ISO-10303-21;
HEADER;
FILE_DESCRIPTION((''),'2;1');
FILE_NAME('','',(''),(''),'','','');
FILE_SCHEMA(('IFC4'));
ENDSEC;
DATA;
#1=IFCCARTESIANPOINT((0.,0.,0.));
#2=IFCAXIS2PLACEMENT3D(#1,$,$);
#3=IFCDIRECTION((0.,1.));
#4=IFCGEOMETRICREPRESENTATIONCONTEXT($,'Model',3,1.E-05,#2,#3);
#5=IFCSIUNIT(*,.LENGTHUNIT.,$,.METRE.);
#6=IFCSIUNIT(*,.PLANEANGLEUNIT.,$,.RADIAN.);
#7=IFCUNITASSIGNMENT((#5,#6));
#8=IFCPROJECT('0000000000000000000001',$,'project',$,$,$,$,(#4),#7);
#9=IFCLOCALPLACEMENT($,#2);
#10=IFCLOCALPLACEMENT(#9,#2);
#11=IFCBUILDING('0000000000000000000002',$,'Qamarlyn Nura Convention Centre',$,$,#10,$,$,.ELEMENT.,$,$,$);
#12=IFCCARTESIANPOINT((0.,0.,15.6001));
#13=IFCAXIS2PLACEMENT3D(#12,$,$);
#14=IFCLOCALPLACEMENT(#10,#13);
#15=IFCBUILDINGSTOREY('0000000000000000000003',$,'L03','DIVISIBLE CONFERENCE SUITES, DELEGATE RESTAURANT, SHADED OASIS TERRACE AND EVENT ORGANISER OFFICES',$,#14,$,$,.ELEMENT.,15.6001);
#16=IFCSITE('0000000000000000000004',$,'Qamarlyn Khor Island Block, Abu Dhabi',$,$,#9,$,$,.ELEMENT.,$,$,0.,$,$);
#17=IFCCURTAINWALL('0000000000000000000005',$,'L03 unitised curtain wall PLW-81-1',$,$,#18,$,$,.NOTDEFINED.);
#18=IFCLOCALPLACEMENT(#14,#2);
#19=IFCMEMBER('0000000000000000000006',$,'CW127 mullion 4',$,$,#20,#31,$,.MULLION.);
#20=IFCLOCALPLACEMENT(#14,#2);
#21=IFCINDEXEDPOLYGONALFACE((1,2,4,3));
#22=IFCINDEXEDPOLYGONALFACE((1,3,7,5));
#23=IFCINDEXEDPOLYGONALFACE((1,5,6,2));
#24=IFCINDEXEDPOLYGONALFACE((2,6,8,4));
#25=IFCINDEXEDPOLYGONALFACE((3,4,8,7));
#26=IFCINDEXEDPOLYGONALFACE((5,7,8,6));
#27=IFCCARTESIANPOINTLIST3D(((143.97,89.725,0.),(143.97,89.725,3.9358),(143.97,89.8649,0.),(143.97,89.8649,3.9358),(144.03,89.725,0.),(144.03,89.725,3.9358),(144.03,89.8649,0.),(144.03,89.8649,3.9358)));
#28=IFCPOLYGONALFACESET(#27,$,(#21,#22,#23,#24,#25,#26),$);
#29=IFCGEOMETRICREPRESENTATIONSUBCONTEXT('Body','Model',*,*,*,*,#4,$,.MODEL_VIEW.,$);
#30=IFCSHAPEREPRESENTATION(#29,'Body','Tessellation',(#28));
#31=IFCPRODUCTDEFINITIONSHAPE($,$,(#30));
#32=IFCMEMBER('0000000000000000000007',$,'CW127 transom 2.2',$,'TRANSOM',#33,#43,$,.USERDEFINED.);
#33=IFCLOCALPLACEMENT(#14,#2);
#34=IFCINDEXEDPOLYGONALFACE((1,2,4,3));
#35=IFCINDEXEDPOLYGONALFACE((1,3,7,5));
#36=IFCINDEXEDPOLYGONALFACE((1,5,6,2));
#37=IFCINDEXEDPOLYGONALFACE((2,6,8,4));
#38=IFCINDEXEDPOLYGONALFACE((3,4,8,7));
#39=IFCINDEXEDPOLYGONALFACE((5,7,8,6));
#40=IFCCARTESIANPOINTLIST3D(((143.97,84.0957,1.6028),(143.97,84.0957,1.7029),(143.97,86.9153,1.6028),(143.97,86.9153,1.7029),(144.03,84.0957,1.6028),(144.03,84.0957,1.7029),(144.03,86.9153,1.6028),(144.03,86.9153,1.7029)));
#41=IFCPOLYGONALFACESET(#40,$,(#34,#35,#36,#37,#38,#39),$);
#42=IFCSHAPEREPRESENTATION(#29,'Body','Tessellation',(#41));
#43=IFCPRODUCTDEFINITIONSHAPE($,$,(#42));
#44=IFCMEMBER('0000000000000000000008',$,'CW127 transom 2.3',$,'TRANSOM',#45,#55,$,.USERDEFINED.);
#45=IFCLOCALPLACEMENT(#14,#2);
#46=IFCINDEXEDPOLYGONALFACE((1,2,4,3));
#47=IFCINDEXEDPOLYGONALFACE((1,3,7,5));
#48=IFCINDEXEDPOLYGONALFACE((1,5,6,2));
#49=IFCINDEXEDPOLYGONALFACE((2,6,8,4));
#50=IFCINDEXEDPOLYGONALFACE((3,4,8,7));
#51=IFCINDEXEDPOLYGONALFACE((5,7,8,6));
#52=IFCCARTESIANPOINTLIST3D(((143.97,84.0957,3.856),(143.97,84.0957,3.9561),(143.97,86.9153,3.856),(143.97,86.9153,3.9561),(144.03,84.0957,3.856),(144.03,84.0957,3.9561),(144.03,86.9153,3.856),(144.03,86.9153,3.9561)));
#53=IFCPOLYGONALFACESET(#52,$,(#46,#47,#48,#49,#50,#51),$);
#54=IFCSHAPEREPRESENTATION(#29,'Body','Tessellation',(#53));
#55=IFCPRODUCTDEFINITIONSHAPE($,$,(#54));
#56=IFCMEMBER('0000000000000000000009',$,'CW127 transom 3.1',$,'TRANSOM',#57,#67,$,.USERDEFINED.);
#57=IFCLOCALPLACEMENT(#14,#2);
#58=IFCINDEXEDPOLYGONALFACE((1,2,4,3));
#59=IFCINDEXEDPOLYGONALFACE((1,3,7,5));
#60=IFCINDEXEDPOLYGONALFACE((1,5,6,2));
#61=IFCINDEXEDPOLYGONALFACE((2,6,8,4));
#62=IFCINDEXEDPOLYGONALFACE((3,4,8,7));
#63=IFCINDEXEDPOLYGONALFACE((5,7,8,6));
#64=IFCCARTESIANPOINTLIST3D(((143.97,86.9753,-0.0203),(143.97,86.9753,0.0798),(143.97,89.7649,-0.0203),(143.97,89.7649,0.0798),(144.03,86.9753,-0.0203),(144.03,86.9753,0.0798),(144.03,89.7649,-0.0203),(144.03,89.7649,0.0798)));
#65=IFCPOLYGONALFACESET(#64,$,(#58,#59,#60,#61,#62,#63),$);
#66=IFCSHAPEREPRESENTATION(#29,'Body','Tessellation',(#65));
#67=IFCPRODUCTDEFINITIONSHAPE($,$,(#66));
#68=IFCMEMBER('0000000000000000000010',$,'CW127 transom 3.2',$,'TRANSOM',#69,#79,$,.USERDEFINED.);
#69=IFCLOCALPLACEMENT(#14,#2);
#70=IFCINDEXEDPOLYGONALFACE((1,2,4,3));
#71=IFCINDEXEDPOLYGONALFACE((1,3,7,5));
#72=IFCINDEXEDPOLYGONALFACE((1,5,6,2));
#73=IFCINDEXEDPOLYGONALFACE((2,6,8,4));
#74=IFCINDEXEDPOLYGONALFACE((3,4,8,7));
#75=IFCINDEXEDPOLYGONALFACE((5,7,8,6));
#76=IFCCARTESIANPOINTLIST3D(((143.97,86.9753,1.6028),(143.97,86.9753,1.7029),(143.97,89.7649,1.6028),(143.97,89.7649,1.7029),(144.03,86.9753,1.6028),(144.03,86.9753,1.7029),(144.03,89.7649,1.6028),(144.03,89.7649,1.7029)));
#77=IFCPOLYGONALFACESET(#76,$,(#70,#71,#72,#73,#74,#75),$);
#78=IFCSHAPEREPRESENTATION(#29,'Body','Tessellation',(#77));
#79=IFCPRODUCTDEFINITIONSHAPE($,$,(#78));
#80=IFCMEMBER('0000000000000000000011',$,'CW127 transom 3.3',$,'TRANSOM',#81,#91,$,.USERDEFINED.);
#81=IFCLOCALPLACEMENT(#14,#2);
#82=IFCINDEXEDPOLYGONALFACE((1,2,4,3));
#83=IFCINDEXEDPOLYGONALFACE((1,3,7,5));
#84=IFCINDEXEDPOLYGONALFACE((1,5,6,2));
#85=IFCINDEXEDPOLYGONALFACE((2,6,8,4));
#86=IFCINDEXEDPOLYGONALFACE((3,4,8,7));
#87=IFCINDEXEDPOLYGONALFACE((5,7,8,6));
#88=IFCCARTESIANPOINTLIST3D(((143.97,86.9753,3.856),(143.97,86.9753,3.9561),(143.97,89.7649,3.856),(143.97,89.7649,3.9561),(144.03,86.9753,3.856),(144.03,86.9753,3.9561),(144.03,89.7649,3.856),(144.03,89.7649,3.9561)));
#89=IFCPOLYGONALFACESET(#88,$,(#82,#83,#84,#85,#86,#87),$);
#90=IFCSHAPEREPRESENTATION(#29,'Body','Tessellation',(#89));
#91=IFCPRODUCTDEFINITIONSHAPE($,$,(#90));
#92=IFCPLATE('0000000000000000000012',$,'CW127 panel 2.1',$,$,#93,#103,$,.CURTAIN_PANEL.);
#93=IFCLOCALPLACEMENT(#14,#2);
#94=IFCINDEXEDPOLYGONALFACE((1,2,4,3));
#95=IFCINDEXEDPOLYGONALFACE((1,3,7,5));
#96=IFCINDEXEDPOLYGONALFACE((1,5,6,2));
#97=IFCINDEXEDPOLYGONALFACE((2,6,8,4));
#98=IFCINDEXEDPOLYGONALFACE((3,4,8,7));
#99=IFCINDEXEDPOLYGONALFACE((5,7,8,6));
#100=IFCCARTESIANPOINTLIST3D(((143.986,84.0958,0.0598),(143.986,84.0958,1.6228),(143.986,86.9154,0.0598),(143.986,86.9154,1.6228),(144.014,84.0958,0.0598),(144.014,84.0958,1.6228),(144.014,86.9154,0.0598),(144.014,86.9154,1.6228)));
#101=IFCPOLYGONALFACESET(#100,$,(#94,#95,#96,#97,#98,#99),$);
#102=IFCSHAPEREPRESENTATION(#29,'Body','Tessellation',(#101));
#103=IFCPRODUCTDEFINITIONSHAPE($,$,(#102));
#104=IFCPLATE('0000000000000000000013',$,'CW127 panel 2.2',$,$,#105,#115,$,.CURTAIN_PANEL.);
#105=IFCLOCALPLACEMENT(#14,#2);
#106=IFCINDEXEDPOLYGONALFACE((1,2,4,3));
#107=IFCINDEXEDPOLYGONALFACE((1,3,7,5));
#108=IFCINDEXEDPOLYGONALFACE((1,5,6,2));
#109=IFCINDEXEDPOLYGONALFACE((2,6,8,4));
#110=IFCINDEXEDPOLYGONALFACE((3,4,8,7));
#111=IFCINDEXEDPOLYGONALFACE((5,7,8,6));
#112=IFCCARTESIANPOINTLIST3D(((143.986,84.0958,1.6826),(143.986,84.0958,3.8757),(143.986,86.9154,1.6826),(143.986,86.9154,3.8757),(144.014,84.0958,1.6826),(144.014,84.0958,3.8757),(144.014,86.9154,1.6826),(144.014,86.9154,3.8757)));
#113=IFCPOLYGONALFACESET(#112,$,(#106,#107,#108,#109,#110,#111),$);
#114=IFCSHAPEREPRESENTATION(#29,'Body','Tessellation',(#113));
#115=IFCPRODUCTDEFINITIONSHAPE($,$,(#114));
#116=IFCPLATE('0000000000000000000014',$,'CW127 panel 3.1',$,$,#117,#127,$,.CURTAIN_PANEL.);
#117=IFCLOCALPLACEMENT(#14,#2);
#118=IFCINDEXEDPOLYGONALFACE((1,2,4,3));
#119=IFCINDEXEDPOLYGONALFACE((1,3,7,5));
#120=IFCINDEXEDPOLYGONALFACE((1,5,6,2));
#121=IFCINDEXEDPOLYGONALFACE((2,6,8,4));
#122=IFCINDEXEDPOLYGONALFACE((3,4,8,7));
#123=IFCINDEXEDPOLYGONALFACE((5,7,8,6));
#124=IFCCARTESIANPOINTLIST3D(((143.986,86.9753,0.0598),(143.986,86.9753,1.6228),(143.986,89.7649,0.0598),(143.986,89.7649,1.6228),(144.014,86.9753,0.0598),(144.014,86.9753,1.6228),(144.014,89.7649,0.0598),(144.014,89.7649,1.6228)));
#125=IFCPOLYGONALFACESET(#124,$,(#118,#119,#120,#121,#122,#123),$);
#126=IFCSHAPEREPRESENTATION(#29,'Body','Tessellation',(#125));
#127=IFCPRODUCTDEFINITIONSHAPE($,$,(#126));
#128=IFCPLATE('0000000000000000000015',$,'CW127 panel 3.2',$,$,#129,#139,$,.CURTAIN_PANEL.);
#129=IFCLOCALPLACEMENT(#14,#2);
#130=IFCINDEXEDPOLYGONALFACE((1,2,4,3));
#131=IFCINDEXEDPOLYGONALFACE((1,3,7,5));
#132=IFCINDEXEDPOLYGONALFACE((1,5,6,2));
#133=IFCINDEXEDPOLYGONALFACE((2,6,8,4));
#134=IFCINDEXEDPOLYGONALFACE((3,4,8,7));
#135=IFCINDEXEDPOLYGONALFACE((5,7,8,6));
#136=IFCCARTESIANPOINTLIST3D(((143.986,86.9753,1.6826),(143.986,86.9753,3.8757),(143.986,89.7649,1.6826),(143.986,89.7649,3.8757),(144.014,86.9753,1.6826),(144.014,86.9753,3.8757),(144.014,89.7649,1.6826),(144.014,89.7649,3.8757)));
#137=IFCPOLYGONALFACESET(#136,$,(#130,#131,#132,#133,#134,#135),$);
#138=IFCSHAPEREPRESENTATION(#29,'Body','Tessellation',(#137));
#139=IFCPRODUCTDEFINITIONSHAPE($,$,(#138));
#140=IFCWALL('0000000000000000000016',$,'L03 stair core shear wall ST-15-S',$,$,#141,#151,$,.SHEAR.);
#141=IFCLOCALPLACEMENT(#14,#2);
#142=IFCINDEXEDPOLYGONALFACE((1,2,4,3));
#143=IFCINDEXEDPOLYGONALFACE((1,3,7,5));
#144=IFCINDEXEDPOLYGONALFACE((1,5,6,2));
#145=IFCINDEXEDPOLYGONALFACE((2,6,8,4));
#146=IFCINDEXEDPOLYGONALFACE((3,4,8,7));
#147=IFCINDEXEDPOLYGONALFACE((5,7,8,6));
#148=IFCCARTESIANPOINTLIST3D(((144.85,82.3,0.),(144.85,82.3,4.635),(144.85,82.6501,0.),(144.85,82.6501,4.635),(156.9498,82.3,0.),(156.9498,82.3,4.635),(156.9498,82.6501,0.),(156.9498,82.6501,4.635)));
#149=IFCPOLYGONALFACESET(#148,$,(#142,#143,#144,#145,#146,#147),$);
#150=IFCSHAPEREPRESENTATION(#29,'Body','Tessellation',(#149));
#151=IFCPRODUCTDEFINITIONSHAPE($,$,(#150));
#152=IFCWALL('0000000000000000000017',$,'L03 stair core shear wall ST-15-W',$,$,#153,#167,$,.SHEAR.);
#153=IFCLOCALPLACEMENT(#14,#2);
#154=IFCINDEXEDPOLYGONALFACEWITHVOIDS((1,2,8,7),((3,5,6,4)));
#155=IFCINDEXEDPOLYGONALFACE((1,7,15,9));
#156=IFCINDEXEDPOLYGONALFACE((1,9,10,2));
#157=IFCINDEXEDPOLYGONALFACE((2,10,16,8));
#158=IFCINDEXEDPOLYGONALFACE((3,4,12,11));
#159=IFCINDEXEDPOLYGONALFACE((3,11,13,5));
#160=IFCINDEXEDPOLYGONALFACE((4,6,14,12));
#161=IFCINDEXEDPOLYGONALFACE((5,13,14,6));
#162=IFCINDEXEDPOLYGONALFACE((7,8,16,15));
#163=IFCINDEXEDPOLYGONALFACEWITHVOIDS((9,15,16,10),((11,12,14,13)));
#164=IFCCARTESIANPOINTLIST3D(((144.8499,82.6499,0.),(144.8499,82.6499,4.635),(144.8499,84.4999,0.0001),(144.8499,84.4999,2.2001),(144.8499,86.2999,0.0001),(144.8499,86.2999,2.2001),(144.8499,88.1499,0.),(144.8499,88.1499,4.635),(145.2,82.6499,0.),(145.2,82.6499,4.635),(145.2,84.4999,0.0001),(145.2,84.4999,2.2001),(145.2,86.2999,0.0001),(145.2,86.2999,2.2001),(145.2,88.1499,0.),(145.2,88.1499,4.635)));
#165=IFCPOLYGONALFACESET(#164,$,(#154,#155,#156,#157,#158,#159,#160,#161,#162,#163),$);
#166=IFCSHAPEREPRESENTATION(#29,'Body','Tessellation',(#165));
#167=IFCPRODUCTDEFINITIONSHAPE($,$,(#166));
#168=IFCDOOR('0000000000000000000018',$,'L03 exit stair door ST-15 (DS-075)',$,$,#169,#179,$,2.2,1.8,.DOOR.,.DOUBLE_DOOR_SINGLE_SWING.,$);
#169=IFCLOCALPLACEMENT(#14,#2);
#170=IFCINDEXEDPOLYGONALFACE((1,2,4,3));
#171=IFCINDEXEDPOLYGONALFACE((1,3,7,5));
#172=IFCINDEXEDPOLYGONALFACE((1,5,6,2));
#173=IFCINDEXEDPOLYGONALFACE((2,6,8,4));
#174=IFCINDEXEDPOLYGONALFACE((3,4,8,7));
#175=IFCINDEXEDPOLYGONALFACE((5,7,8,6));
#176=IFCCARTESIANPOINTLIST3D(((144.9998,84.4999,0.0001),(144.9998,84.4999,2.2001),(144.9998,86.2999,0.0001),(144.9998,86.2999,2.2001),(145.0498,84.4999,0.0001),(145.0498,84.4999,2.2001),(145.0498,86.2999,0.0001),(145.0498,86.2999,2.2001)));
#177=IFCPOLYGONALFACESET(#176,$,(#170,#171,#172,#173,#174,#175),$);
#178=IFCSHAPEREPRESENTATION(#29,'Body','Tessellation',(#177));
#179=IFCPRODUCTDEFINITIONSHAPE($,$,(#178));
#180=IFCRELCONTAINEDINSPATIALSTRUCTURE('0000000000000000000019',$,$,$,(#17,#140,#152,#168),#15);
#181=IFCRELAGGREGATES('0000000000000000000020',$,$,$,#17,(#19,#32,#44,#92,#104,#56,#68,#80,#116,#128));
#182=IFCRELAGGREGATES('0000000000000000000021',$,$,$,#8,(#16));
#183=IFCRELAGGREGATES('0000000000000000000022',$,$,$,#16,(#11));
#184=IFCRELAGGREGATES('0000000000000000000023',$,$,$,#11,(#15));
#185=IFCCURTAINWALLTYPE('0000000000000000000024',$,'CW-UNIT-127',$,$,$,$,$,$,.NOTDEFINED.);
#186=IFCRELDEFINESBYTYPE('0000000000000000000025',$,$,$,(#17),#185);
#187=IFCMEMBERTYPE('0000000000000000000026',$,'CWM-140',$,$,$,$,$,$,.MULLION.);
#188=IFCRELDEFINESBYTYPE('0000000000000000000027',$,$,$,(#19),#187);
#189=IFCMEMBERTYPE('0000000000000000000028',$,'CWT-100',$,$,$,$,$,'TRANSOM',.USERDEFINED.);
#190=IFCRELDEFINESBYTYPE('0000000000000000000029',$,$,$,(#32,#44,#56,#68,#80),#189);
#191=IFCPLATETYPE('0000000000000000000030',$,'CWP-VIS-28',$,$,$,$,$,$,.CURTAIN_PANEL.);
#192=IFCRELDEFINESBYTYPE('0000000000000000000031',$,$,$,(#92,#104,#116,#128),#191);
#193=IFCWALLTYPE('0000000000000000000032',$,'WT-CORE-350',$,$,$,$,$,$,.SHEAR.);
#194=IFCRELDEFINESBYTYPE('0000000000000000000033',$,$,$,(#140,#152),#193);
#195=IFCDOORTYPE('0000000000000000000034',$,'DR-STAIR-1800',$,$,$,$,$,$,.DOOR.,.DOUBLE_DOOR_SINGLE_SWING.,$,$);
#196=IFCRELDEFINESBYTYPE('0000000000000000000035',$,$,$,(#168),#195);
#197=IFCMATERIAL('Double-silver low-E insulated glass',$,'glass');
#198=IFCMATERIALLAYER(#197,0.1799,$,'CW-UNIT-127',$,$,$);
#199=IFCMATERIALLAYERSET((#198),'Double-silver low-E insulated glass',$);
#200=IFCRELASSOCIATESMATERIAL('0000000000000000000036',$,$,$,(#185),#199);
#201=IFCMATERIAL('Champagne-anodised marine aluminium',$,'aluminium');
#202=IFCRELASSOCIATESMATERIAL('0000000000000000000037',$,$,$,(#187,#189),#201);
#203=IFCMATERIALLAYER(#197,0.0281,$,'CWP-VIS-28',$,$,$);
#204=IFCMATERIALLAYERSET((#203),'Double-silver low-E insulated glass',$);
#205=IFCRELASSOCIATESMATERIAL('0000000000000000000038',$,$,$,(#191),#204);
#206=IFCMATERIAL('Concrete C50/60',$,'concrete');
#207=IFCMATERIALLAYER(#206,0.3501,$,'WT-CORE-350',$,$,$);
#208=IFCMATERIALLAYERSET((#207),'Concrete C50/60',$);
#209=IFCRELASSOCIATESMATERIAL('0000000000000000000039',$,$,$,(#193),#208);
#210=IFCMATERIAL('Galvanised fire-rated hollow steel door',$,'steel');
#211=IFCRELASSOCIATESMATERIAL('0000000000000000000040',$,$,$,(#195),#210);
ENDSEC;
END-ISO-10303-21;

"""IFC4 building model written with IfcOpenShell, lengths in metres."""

from ifc_helpers import new_model, si_unit, direction, frame, frame_2d, origin, origin_2d, place, context, subcontext, project, spatial, rectangle, extrude, material, layer, layer_set, material_profile, profile_set, type_object, element, fill, aggregate, save


model = new_model("IFC4")

# Units and contexts
model_context = context("Model", 3, precision=1e-05, world=origin(), true_north=direction((0.0, 1.0)))
body_context = subcontext(model_context, "Body", "Model", "MODEL_VIEW")
ifc_project = project(units=[si_unit("LENGTHUNIT", "METRE"), si_unit("PLANEANGLEUNIT", "RADIAN")], contexts=[model_context])

# Site, building, storey
site_placement = place(None, origin())
site = spatial("IfcSite", under=ifc_project, at=site_placement, Name="Qamarlyn Khor Island Block, Abu Dhabi", CompositionType="ELEMENT", RefElevation=0.0)
building_placement = place(site_placement, origin())
building = spatial("IfcBuilding", under=site, at=building_placement, Name="Qamarlyn Nura Convention Centre", CompositionType="ELEMENT")
storey_placement = place(building_placement, frame((0.0, 0.0, 15.6001)))
storey = spatial("IfcBuildingStorey", under=building, at=storey_placement, Name="L03", Description="DIVISIBLE CONFERENCE SUITES, DELEGATE RESTAURANT, SHADED OASIS TERRACE AND EVENT ORGANISER OFFICES", CompositionType="ELEMENT", Elevation=15.6001)

# Curtain wall, members, plates
ifc_material_1 = material(Name="Double-silver low-E insulated glass", Category="glass")
ifc_layer_1 = layer(ifc_material_1, 0.1799, Name="CW-UNIT-127")
ifc_layer_set_1 = layer_set([ifc_layer_1], Name="Double-silver low-E insulated glass")
curtain_wall_type = type_object("IfcCurtainWallType", Name="CW-UNIT-127", PredefinedType="NOTDEFINED", material=ifc_layer_set_1)
curtain_wall_placement = place(storey_placement, origin())
curtain_wall = element("IfcCurtainWall", 1, at=curtain_wall_placement, inside=storey, type_object=curtain_wall_type, Name="L03 unitised curtain wall PLW-81-1", PredefinedType="NOTDEFINED")
ifc_material_2 = material(Name="Champagne-anodised marine aluminium", Category="aluminium")
ifc_material_profile_1 = material_profile(ifc_material_2, rectangle(XDim=0.0601, YDim=0.1399, at=origin_2d()), Name="ALU MULLION 60x140")
ifc_profile_set_1 = profile_set([ifc_material_profile_1], Name="Champagne-anodised marine aluminium")
member_type_1 = type_object("IfcMemberType", Name="CWM-140", PredefinedType="MULLION", material=ifc_profile_set_1)
member_1_placement = place(storey_placement, frame((144.0, 89.7949, 0.0), z_axis=(0.0, 0.0, 1.0), x_axis=(-1.0, 0.0, 0.0)))
member_1 = element("IfcMember", 2, at=member_1_placement, type_object=member_type_1, Name="CW127 mullion 4", PredefinedType="MULLION", context=body_context, shape_type="SweptSolid", body=[
    extrude(rectangle(XDim=0.0601, YDim=0.1399, at=origin_2d()), origin(), (0.0, 0.0, 1.0), 3.9358),
])
ifc_material_profile_2 = material_profile(ifc_material_2, rectangle(XDim=0.0601, YDim=0.1001, at=origin_2d()), Name="ALU TRANSOM 60x100")
ifc_profile_set_2 = profile_set([ifc_material_profile_2], Name="Champagne-anodised marine aluminium")
member_type_2 = type_object("IfcMemberType", Name="CWT-100", ElementType="TRANSOM", PredefinedType="USERDEFINED", material=ifc_profile_set_2)
member_2_placement = place(storey_placement, frame((144.0, 84.0957, 1.6528), z_axis=(0.0, 1.0, 0.0), x_axis=(-1.0, 0.0, 0.0)))
member_2 = element("IfcMember", 3, at=member_2_placement, type_object=member_type_2, Name="CW127 transom 2.2", ObjectType="TRANSOM", PredefinedType="USERDEFINED", context=body_context, shape_type="SweptSolid", body=[
    extrude(rectangle(XDim=0.0601, YDim=0.1001, at=origin_2d()), origin(), (0.0, 0.0, 1.0), 2.8196),
])
member_3_placement = place(storey_placement, frame((144.0, 84.0957, 3.906), z_axis=(0.0, 1.0, 0.0), x_axis=(-1.0, 0.0, 0.0)))
member_3 = element("IfcMember", 4, at=member_3_placement, type_object=member_type_2, Name="CW127 transom 2.3", ObjectType="TRANSOM", PredefinedType="USERDEFINED", context=body_context, shape_type="SweptSolid", body=[
    extrude(rectangle(XDim=0.0601, YDim=0.1001, at=origin_2d()), origin(), (0.0, 0.0, 1.0), 2.8196),
])
member_4_placement = place(storey_placement, frame((144.0, 86.9753, 0.0298), z_axis=(0.0, 1.0, 0.0), x_axis=(-1.0, 0.0, 0.0)))
member_4 = element("IfcMember", 5, at=member_4_placement, type_object=member_type_2, Name="CW127 transom 3.1", ObjectType="TRANSOM", PredefinedType="USERDEFINED", context=body_context, shape_type="SweptSolid", body=[
    extrude(rectangle(XDim=0.0601, YDim=0.1001, at=origin_2d()), origin(), (0.0, 0.0, 1.0), 2.7896),
])
member_5_placement = place(storey_placement, frame((144.0, 86.9753, 1.6528), z_axis=(0.0, 1.0, 0.0), x_axis=(-1.0, 0.0, 0.0)))
member_5 = element("IfcMember", 6, at=member_5_placement, type_object=member_type_2, Name="CW127 transom 3.2", ObjectType="TRANSOM", PredefinedType="USERDEFINED", context=body_context, shape_type="SweptSolid", body=[
    extrude(rectangle(XDim=0.0601, YDim=0.1001, at=origin_2d()), origin(), (0.0, 0.0, 1.0), 2.7896),
])
member_6_placement = place(storey_placement, frame((144.0, 86.9753, 3.906), z_axis=(0.0, 1.0, 0.0), x_axis=(-1.0, 0.0, 0.0)))
member_6 = element("IfcMember", 7, at=member_6_placement, type_object=member_type_2, Name="CW127 transom 3.3", ObjectType="TRANSOM", PredefinedType="USERDEFINED", context=body_context, shape_type="SweptSolid", body=[
    extrude(rectangle(XDim=0.0601, YDim=0.1001, at=origin_2d()), origin(), (0.0, 0.0, 1.0), 2.7896),
])
ifc_layer_2 = layer(ifc_material_1, 0.0281, Name="CWP-VIS-28")
ifc_layer_set_2 = layer_set([ifc_layer_2], Name="Double-silver low-E insulated glass")
plate_type = type_object("IfcPlateType", Name="CWP-VIS-28", PredefinedType="CURTAIN_PANEL", material=ifc_layer_set_2)
plate_1_placement = place(storey_placement, frame((144.0, 85.5056, 0.0598), z_axis=(0.0, 0.0, 1.0), x_axis=(0.0, 1.0, 0.0)))
plate_1 = element("IfcPlate", 8, at=plate_1_placement, type_object=plate_type, Name="CW127 panel 2.1", PredefinedType="CURTAIN_PANEL", context=body_context, shape_type="SweptSolid", body=[
    extrude(rectangle(XDim=2.8196, YDim=0.0281, at=origin_2d()), origin(), (0.0, 0.0, 1.0), 1.563),
])
plate_2_placement = place(storey_placement, frame((144.0, 85.5056, 1.6826), z_axis=(0.0, 0.0, 1.0), x_axis=(0.0, 1.0, 0.0)))
plate_2 = element("IfcPlate", 9, at=plate_2_placement, type_object=plate_type, Name="CW127 panel 2.2", PredefinedType="CURTAIN_PANEL", context=body_context, shape_type="SweptSolid", body=[
    extrude(rectangle(XDim=2.8196, YDim=0.0281, at=origin_2d()), origin(), (0.0, 0.0, 1.0), 2.1931),
])
plate_3_placement = place(storey_placement, frame((144.0, 88.3701, 0.0598), z_axis=(0.0, 0.0, 1.0), x_axis=(0.0, 1.0, 0.0)))
plate_3 = element("IfcPlate", 10, at=plate_3_placement, type_object=plate_type, Name="CW127 panel 3.1", PredefinedType="CURTAIN_PANEL", context=body_context, shape_type="SweptSolid", body=[
    extrude(rectangle(XDim=2.7896, YDim=0.0281, at=origin_2d()), origin(), (0.0, 0.0, 1.0), 1.563),
])
plate_4_placement = place(storey_placement, frame((144.0, 88.3701, 1.6826), z_axis=(0.0, 0.0, 1.0), x_axis=(0.0, 1.0, 0.0)))
plate_4 = element("IfcPlate", 11, at=plate_4_placement, type_object=plate_type, Name="CW127 panel 3.2", PredefinedType="CURTAIN_PANEL", context=body_context, shape_type="SweptSolid", body=[
    extrude(rectangle(XDim=2.7896, YDim=0.0281, at=origin_2d()), origin(), (0.0, 0.0, 1.0), 2.1931),
])
aggregate(curtain_wall, [member_1, member_2, member_3, plate_1, plate_2, member_4, member_5, member_6, plate_3, plate_4])

# Wall
ifc_material_3 = material(Name="Concrete C50/60", Category="concrete")
ifc_layer_3 = layer(ifc_material_3, 0.3501, Name="WT-CORE-350")
ifc_layer_set_3 = layer_set([ifc_layer_3], Name="Concrete C50/60")
wall_type = type_object("IfcWallType", Name="WT-CORE-350", PredefinedType="SHEAR", material=ifc_layer_set_3)
wall_1_placement = place(storey_placement, frame((144.8501, 82.4751, 0.0), z_axis=(0.0, 0.0, 1.0), x_axis=(1.0, 0.0, 0.0)))
element("IfcWall", 12, at=wall_1_placement, inside=storey, type_object=wall_type, Name="L03 stair core shear wall ST-15-S", PredefinedType="SHEAR", context=body_context, shape_type="SweptSolid", body=[
    extrude(rectangle(XDim=12.0999, YDim=0.3501, at=frame_2d((6.0498, 0.0))), origin(), (0.0, 0.0, 1.0), 4.635),
])

# Wall, opening, door
wall_2_placement = place(storey_placement, frame((145.0249, 88.1499, 0.0), z_axis=(0.0, 0.0, 1.0), x_axis=(0.0, -1.0, 0.0)))
wall_2 = element("IfcWall", 13, at=wall_2_placement, inside=storey, type_object=wall_type, Name="L03 stair core shear wall ST-15-W", PredefinedType="SHEAR", context=body_context, shape_type="SweptSolid", body=[
    extrude(rectangle(XDim=5.5, YDim=0.3501, at=frame_2d((2.75, 0.0))), origin(), (0.0, 0.0, 1.0), 4.635),
])
opening_placement = place(wall_2_placement, frame((1.8501, 0.0, 0.0)))
opening = element("IfcOpeningElement", 14, at=opening_placement, cuts=wall_2, PredefinedType="OPENING", context=body_context, shape_type="SweptSolid", body=[
    extrude(rectangle(XDim=1.8, YDim=2.2, at=frame_2d((0.8999, 1.1001))), frame((0.0, 0.1851, 0.0), z_axis=(0.0, -1.0, 0.0), x_axis=(1.0, 0.0, 0.0)), (0.0, 0.0, 1.0), 0.3701),
])
ifc_material_4 = material(Name="Galvanised fire-rated hollow steel door", Category="steel")
door_type = type_object("IfcDoorType", Name="DR-STAIR-1800", OperationType="DOUBLE_DOOR_SINGLE_SWING", PredefinedType="DOOR", material=ifc_material_4)
door_placement = place(opening_placement, origin())
door = element("IfcDoor", 15, at=door_placement, inside=storey, type_object=door_type, Name="L03 exit stair door ST-15 (DS-075)", OperationType="DOUBLE_DOOR_SINGLE_SWING", OverallHeight=2.2, OverallWidth=1.8, PredefinedType="DOOR", context=body_context, shape_type="SweptSolid", body=[
    extrude(rectangle(XDim=1.8, YDim=2.2, at=frame_2d((0.8999, 1.1001))), frame((0.0, 0.0249, 0.0), z_axis=(0.0, -1.0, 0.0), x_axis=(1.0, 0.0, 0.0)), (0.0, 0.0, 1.0), 0.05),
])
fill(opening, door)

save(model, "model.ifc")
